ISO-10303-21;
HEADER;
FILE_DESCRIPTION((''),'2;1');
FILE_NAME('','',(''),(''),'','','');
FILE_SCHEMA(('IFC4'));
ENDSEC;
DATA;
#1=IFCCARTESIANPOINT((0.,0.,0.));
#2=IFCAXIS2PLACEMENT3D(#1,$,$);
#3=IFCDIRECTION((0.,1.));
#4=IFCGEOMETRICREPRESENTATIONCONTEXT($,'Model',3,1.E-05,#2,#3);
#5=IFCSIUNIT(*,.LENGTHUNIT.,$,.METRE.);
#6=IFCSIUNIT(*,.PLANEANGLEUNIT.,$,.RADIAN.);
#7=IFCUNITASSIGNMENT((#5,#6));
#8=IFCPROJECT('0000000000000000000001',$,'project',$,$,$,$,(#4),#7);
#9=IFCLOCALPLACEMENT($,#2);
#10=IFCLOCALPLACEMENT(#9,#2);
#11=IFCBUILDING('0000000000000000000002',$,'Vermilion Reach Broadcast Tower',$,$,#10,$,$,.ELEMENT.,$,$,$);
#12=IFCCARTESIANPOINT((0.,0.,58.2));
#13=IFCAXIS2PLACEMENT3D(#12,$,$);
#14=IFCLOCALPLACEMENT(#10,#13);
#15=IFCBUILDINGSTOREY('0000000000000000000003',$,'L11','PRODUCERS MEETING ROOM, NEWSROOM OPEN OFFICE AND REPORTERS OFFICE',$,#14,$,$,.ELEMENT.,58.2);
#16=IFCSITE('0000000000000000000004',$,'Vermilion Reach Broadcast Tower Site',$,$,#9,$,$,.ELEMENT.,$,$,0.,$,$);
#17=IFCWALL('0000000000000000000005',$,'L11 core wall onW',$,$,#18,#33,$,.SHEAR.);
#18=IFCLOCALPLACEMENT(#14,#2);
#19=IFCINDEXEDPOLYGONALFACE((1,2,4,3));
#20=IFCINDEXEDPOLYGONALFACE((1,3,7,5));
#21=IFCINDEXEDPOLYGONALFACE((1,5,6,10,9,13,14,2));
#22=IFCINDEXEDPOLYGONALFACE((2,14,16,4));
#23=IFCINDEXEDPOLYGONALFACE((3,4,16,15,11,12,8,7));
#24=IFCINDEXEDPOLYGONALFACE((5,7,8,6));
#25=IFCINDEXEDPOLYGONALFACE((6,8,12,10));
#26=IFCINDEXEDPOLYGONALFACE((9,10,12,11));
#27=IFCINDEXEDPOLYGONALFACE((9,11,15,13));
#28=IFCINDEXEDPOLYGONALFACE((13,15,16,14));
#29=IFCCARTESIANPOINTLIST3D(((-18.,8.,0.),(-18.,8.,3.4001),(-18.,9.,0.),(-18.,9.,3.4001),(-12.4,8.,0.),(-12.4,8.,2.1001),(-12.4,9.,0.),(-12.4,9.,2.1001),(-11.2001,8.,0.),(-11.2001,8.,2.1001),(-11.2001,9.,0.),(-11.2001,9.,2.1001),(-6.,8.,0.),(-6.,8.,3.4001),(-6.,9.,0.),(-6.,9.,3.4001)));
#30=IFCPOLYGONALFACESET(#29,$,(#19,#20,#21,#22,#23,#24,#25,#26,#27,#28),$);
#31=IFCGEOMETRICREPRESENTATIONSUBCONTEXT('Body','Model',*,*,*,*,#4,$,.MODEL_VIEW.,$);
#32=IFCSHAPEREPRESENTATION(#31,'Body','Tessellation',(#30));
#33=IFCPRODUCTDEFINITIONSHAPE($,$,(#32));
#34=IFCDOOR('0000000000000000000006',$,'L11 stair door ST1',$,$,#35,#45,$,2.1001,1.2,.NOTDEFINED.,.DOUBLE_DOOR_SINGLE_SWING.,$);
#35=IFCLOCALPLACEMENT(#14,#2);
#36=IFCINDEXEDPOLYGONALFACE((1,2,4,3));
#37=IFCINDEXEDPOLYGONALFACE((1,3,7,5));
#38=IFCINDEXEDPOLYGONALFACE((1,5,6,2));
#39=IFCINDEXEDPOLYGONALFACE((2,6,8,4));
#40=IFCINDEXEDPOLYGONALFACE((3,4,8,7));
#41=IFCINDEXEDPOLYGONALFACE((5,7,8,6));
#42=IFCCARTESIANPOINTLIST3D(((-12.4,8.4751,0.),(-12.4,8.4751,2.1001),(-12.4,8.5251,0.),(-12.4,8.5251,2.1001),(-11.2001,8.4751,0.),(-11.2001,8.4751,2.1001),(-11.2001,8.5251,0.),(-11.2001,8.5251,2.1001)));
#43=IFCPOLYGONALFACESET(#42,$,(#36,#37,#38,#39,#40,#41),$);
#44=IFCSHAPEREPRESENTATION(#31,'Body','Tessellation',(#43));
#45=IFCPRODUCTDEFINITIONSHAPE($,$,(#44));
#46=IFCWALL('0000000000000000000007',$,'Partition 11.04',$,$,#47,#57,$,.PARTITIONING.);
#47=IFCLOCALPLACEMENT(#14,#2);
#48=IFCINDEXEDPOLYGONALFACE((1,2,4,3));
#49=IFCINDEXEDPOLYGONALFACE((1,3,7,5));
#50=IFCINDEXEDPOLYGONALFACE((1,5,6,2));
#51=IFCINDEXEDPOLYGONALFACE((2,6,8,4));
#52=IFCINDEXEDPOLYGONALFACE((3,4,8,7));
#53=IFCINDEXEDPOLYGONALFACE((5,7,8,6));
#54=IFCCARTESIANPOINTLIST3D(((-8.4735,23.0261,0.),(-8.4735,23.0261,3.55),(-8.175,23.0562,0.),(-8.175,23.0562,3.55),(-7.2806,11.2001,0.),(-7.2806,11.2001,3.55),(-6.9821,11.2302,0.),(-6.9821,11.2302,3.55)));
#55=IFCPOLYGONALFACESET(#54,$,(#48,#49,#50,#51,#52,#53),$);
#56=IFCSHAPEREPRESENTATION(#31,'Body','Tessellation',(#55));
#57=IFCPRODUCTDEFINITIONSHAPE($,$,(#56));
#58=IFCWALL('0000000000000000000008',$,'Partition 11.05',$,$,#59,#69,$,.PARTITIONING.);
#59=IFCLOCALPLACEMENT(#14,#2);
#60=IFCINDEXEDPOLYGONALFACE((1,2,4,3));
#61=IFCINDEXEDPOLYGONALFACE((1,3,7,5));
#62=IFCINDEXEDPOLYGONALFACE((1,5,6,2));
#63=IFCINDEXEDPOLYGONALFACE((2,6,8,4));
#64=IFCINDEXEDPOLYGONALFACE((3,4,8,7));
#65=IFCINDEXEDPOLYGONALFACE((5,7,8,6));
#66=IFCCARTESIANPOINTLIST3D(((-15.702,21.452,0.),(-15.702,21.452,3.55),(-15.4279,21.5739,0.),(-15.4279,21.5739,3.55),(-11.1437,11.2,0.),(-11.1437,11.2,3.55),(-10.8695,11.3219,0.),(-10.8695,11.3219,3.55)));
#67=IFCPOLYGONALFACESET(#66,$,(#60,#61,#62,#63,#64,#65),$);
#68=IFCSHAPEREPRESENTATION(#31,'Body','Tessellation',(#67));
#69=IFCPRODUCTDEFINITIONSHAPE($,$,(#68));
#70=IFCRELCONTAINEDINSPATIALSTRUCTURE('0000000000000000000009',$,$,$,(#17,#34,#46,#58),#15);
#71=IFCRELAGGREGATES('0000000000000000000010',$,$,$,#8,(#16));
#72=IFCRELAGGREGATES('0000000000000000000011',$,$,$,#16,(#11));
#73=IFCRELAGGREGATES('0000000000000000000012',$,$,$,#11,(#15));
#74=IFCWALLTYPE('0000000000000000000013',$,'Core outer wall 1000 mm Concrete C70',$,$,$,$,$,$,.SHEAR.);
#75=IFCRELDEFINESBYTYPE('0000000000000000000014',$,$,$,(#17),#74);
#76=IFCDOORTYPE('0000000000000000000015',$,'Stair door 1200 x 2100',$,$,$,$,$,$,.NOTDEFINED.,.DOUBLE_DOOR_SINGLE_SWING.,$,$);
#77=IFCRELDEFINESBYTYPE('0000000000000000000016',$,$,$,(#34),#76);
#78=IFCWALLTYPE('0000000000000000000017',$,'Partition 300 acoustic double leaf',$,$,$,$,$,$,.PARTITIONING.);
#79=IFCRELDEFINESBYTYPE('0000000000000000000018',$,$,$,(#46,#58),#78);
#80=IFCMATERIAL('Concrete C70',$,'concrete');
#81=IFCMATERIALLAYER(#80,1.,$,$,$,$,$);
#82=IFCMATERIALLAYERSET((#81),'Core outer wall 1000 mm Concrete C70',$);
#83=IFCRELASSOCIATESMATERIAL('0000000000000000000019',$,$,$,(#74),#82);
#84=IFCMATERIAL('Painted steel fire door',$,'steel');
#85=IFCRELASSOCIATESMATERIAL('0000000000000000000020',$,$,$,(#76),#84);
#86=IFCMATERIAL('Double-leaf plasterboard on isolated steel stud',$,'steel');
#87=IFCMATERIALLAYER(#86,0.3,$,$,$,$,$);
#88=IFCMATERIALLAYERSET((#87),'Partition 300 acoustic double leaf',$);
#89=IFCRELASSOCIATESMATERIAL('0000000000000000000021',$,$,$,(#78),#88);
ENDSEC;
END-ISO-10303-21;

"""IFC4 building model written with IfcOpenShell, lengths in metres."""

from ifc_helpers import new_model, si_unit, direction, frame, frame_2d, origin, place, context, subcontext, project, spatial, rectangle, extrude, material, layer, layer_set, type_object, element, fill, save


model = new_model("IFC4")

# Units and contexts
model_context = context("Model", 3, precision=1e-05, world=origin(), true_north=direction((0.0, 1.0)))
body_context = subcontext(model_context, "Body", "Model", "MODEL_VIEW")
ifc_project = project(units=[si_unit("LENGTHUNIT", "METRE"), si_unit("PLANEANGLEUNIT", "RADIAN")], contexts=[model_context])

# Site, building, storey
site_placement = place(None, origin())
site = spatial("IfcSite", under=ifc_project, at=site_placement, Name="Vermilion Reach Broadcast Tower Site", CompositionType="ELEMENT", RefElevation=0.0)
building_placement = place(site_placement, origin())
building = spatial("IfcBuilding", under=site, at=building_placement, Name="Vermilion Reach Broadcast Tower", CompositionType="ELEMENT")
storey_placement = place(building_placement, frame((0.0, 0.0, 58.2)))
storey = spatial("IfcBuildingStorey", under=building, at=storey_placement, Name="L11", Description="PRODUCERS MEETING ROOM, NEWSROOM OPEN OFFICE AND REPORTERS OFFICE", CompositionType="ELEMENT", Elevation=58.2)

# Wall, opening, door
ifc_material_1 = material(Name="Concrete C70", Category="concrete")
ifc_layer_1 = layer(ifc_material_1, 1.0)
ifc_layer_set_1 = layer_set([ifc_layer_1], Name="Core outer wall 1000 mm Concrete C70")
wall_type_1 = type_object("IfcWallType", Name="Core outer wall 1000 mm Concrete C70", PredefinedType="SHEAR", material=ifc_layer_set_1)
wall_1_placement = place(storey_placement, frame((-6.0, 8.5, 0.0), z_axis=(0.0, 0.0, 1.0), x_axis=(-1.0, 0.0, 0.0)))
wall_1 = element("IfcWall", 1, at=wall_1_placement, inside=storey, type_object=wall_type_1, Name="L11 core wall onW", PredefinedType="SHEAR", context=body_context, shape_type="SweptSolid", body=[
    extrude(rectangle(XDim=12.0, YDim=1.0, at=frame_2d((6.0, 0.0))), origin(), (0.0, 0.0, 1.0), 3.4001),
])
opening_placement = place(wall_1_placement, frame((5.2, 0.0, 0.0)))
opening = element("IfcOpeningElement", 2, at=opening_placement, cuts=wall_1, PredefinedType="OPENING", context=body_context, shape_type="SweptSolid", body=[
    extrude(rectangle(XDim=1.2, YDim=2.1001, at=frame_2d((0.6001, 1.05))), frame((0.0, 0.51, 0.0), z_axis=(0.0, -1.0, 0.0), x_axis=(1.0, 0.0, 0.0)), (0.0, 0.0, 1.0), 1.02),
])
ifc_material_2 = material(Name="Painted steel fire door", Category="steel")
door_type = type_object("IfcDoorType", Name="Stair door 1200 x 2100", OperationType="DOUBLE_DOOR_SINGLE_SWING", PredefinedType="NOTDEFINED", material=ifc_material_2)
door_placement = place(opening_placement, origin())
door = element("IfcDoor", 3, at=door_placement, inside=storey, type_object=door_type, Name="L11 stair door ST1", OperationType="DOUBLE_DOOR_SINGLE_SWING", OverallHeight=2.1001, OverallWidth=1.2, PredefinedType="NOTDEFINED", context=body_context, shape_type="SweptSolid", body=[
    extrude(rectangle(XDim=1.2, YDim=2.1001, at=frame_2d((0.6001, 1.05))), frame((0.0, 0.0249, 0.0), z_axis=(0.0, -1.0, 0.0), x_axis=(1.0, 0.0, 0.0)), (0.0, 0.0, 1.0), 0.05),
])
fill(opening, door)

# Walls
ifc_material_3 = material(Name="Double-leaf plasterboard on isolated steel stud", Category="steel")
ifc_layer_2 = layer(ifc_material_3, 0.3)
ifc_layer_set_2 = layer_set([ifc_layer_2], Name="Partition 300 acoustic double leaf")
wall_type_2 = type_object("IfcWallType", Name="Partition 300 acoustic double leaf", PredefinedType="PARTITIONING", material=ifc_layer_set_2)
wall_2_placement = place(storey_placement, frame((-8.3242, 23.041, 0.0), z_axis=(0.0, 0.0, 1.0), x_axis=(0.10036, -0.994951, 0.0)))
element("IfcWall", 4, at=wall_2_placement, inside=storey, type_object=wall_type_2, Name="Partition 11.04", PredefinedType="PARTITIONING", context=body_context, shape_type="SweptSolid", body=[
    extrude(rectangle(XDim=11.886, YDim=0.3, at=frame_2d((5.9429, 0.0))), origin(), (0.0, 0.0, 1.0), 3.55),
])
wall_3_placement = place(storey_placement, frame((-15.5649, 21.5129, 0.0), z_axis=(0.0, 0.0, 1.0), x_axis=(0.406282, -0.913748, 0.0)))
element("IfcWall", 5, at=wall_3_placement, inside=storey, type_object=wall_type_2, Name="Partition 11.05", PredefinedType="PARTITIONING", context=body_context, shape_type="SweptSolid", body=[
    extrude(rectangle(XDim=11.2197, YDim=0.3, at=frame_2d((5.6099, 0.0))), origin(), (0.0, 0.0, 1.0), 3.55),
])

save(model, "model.ifc")
